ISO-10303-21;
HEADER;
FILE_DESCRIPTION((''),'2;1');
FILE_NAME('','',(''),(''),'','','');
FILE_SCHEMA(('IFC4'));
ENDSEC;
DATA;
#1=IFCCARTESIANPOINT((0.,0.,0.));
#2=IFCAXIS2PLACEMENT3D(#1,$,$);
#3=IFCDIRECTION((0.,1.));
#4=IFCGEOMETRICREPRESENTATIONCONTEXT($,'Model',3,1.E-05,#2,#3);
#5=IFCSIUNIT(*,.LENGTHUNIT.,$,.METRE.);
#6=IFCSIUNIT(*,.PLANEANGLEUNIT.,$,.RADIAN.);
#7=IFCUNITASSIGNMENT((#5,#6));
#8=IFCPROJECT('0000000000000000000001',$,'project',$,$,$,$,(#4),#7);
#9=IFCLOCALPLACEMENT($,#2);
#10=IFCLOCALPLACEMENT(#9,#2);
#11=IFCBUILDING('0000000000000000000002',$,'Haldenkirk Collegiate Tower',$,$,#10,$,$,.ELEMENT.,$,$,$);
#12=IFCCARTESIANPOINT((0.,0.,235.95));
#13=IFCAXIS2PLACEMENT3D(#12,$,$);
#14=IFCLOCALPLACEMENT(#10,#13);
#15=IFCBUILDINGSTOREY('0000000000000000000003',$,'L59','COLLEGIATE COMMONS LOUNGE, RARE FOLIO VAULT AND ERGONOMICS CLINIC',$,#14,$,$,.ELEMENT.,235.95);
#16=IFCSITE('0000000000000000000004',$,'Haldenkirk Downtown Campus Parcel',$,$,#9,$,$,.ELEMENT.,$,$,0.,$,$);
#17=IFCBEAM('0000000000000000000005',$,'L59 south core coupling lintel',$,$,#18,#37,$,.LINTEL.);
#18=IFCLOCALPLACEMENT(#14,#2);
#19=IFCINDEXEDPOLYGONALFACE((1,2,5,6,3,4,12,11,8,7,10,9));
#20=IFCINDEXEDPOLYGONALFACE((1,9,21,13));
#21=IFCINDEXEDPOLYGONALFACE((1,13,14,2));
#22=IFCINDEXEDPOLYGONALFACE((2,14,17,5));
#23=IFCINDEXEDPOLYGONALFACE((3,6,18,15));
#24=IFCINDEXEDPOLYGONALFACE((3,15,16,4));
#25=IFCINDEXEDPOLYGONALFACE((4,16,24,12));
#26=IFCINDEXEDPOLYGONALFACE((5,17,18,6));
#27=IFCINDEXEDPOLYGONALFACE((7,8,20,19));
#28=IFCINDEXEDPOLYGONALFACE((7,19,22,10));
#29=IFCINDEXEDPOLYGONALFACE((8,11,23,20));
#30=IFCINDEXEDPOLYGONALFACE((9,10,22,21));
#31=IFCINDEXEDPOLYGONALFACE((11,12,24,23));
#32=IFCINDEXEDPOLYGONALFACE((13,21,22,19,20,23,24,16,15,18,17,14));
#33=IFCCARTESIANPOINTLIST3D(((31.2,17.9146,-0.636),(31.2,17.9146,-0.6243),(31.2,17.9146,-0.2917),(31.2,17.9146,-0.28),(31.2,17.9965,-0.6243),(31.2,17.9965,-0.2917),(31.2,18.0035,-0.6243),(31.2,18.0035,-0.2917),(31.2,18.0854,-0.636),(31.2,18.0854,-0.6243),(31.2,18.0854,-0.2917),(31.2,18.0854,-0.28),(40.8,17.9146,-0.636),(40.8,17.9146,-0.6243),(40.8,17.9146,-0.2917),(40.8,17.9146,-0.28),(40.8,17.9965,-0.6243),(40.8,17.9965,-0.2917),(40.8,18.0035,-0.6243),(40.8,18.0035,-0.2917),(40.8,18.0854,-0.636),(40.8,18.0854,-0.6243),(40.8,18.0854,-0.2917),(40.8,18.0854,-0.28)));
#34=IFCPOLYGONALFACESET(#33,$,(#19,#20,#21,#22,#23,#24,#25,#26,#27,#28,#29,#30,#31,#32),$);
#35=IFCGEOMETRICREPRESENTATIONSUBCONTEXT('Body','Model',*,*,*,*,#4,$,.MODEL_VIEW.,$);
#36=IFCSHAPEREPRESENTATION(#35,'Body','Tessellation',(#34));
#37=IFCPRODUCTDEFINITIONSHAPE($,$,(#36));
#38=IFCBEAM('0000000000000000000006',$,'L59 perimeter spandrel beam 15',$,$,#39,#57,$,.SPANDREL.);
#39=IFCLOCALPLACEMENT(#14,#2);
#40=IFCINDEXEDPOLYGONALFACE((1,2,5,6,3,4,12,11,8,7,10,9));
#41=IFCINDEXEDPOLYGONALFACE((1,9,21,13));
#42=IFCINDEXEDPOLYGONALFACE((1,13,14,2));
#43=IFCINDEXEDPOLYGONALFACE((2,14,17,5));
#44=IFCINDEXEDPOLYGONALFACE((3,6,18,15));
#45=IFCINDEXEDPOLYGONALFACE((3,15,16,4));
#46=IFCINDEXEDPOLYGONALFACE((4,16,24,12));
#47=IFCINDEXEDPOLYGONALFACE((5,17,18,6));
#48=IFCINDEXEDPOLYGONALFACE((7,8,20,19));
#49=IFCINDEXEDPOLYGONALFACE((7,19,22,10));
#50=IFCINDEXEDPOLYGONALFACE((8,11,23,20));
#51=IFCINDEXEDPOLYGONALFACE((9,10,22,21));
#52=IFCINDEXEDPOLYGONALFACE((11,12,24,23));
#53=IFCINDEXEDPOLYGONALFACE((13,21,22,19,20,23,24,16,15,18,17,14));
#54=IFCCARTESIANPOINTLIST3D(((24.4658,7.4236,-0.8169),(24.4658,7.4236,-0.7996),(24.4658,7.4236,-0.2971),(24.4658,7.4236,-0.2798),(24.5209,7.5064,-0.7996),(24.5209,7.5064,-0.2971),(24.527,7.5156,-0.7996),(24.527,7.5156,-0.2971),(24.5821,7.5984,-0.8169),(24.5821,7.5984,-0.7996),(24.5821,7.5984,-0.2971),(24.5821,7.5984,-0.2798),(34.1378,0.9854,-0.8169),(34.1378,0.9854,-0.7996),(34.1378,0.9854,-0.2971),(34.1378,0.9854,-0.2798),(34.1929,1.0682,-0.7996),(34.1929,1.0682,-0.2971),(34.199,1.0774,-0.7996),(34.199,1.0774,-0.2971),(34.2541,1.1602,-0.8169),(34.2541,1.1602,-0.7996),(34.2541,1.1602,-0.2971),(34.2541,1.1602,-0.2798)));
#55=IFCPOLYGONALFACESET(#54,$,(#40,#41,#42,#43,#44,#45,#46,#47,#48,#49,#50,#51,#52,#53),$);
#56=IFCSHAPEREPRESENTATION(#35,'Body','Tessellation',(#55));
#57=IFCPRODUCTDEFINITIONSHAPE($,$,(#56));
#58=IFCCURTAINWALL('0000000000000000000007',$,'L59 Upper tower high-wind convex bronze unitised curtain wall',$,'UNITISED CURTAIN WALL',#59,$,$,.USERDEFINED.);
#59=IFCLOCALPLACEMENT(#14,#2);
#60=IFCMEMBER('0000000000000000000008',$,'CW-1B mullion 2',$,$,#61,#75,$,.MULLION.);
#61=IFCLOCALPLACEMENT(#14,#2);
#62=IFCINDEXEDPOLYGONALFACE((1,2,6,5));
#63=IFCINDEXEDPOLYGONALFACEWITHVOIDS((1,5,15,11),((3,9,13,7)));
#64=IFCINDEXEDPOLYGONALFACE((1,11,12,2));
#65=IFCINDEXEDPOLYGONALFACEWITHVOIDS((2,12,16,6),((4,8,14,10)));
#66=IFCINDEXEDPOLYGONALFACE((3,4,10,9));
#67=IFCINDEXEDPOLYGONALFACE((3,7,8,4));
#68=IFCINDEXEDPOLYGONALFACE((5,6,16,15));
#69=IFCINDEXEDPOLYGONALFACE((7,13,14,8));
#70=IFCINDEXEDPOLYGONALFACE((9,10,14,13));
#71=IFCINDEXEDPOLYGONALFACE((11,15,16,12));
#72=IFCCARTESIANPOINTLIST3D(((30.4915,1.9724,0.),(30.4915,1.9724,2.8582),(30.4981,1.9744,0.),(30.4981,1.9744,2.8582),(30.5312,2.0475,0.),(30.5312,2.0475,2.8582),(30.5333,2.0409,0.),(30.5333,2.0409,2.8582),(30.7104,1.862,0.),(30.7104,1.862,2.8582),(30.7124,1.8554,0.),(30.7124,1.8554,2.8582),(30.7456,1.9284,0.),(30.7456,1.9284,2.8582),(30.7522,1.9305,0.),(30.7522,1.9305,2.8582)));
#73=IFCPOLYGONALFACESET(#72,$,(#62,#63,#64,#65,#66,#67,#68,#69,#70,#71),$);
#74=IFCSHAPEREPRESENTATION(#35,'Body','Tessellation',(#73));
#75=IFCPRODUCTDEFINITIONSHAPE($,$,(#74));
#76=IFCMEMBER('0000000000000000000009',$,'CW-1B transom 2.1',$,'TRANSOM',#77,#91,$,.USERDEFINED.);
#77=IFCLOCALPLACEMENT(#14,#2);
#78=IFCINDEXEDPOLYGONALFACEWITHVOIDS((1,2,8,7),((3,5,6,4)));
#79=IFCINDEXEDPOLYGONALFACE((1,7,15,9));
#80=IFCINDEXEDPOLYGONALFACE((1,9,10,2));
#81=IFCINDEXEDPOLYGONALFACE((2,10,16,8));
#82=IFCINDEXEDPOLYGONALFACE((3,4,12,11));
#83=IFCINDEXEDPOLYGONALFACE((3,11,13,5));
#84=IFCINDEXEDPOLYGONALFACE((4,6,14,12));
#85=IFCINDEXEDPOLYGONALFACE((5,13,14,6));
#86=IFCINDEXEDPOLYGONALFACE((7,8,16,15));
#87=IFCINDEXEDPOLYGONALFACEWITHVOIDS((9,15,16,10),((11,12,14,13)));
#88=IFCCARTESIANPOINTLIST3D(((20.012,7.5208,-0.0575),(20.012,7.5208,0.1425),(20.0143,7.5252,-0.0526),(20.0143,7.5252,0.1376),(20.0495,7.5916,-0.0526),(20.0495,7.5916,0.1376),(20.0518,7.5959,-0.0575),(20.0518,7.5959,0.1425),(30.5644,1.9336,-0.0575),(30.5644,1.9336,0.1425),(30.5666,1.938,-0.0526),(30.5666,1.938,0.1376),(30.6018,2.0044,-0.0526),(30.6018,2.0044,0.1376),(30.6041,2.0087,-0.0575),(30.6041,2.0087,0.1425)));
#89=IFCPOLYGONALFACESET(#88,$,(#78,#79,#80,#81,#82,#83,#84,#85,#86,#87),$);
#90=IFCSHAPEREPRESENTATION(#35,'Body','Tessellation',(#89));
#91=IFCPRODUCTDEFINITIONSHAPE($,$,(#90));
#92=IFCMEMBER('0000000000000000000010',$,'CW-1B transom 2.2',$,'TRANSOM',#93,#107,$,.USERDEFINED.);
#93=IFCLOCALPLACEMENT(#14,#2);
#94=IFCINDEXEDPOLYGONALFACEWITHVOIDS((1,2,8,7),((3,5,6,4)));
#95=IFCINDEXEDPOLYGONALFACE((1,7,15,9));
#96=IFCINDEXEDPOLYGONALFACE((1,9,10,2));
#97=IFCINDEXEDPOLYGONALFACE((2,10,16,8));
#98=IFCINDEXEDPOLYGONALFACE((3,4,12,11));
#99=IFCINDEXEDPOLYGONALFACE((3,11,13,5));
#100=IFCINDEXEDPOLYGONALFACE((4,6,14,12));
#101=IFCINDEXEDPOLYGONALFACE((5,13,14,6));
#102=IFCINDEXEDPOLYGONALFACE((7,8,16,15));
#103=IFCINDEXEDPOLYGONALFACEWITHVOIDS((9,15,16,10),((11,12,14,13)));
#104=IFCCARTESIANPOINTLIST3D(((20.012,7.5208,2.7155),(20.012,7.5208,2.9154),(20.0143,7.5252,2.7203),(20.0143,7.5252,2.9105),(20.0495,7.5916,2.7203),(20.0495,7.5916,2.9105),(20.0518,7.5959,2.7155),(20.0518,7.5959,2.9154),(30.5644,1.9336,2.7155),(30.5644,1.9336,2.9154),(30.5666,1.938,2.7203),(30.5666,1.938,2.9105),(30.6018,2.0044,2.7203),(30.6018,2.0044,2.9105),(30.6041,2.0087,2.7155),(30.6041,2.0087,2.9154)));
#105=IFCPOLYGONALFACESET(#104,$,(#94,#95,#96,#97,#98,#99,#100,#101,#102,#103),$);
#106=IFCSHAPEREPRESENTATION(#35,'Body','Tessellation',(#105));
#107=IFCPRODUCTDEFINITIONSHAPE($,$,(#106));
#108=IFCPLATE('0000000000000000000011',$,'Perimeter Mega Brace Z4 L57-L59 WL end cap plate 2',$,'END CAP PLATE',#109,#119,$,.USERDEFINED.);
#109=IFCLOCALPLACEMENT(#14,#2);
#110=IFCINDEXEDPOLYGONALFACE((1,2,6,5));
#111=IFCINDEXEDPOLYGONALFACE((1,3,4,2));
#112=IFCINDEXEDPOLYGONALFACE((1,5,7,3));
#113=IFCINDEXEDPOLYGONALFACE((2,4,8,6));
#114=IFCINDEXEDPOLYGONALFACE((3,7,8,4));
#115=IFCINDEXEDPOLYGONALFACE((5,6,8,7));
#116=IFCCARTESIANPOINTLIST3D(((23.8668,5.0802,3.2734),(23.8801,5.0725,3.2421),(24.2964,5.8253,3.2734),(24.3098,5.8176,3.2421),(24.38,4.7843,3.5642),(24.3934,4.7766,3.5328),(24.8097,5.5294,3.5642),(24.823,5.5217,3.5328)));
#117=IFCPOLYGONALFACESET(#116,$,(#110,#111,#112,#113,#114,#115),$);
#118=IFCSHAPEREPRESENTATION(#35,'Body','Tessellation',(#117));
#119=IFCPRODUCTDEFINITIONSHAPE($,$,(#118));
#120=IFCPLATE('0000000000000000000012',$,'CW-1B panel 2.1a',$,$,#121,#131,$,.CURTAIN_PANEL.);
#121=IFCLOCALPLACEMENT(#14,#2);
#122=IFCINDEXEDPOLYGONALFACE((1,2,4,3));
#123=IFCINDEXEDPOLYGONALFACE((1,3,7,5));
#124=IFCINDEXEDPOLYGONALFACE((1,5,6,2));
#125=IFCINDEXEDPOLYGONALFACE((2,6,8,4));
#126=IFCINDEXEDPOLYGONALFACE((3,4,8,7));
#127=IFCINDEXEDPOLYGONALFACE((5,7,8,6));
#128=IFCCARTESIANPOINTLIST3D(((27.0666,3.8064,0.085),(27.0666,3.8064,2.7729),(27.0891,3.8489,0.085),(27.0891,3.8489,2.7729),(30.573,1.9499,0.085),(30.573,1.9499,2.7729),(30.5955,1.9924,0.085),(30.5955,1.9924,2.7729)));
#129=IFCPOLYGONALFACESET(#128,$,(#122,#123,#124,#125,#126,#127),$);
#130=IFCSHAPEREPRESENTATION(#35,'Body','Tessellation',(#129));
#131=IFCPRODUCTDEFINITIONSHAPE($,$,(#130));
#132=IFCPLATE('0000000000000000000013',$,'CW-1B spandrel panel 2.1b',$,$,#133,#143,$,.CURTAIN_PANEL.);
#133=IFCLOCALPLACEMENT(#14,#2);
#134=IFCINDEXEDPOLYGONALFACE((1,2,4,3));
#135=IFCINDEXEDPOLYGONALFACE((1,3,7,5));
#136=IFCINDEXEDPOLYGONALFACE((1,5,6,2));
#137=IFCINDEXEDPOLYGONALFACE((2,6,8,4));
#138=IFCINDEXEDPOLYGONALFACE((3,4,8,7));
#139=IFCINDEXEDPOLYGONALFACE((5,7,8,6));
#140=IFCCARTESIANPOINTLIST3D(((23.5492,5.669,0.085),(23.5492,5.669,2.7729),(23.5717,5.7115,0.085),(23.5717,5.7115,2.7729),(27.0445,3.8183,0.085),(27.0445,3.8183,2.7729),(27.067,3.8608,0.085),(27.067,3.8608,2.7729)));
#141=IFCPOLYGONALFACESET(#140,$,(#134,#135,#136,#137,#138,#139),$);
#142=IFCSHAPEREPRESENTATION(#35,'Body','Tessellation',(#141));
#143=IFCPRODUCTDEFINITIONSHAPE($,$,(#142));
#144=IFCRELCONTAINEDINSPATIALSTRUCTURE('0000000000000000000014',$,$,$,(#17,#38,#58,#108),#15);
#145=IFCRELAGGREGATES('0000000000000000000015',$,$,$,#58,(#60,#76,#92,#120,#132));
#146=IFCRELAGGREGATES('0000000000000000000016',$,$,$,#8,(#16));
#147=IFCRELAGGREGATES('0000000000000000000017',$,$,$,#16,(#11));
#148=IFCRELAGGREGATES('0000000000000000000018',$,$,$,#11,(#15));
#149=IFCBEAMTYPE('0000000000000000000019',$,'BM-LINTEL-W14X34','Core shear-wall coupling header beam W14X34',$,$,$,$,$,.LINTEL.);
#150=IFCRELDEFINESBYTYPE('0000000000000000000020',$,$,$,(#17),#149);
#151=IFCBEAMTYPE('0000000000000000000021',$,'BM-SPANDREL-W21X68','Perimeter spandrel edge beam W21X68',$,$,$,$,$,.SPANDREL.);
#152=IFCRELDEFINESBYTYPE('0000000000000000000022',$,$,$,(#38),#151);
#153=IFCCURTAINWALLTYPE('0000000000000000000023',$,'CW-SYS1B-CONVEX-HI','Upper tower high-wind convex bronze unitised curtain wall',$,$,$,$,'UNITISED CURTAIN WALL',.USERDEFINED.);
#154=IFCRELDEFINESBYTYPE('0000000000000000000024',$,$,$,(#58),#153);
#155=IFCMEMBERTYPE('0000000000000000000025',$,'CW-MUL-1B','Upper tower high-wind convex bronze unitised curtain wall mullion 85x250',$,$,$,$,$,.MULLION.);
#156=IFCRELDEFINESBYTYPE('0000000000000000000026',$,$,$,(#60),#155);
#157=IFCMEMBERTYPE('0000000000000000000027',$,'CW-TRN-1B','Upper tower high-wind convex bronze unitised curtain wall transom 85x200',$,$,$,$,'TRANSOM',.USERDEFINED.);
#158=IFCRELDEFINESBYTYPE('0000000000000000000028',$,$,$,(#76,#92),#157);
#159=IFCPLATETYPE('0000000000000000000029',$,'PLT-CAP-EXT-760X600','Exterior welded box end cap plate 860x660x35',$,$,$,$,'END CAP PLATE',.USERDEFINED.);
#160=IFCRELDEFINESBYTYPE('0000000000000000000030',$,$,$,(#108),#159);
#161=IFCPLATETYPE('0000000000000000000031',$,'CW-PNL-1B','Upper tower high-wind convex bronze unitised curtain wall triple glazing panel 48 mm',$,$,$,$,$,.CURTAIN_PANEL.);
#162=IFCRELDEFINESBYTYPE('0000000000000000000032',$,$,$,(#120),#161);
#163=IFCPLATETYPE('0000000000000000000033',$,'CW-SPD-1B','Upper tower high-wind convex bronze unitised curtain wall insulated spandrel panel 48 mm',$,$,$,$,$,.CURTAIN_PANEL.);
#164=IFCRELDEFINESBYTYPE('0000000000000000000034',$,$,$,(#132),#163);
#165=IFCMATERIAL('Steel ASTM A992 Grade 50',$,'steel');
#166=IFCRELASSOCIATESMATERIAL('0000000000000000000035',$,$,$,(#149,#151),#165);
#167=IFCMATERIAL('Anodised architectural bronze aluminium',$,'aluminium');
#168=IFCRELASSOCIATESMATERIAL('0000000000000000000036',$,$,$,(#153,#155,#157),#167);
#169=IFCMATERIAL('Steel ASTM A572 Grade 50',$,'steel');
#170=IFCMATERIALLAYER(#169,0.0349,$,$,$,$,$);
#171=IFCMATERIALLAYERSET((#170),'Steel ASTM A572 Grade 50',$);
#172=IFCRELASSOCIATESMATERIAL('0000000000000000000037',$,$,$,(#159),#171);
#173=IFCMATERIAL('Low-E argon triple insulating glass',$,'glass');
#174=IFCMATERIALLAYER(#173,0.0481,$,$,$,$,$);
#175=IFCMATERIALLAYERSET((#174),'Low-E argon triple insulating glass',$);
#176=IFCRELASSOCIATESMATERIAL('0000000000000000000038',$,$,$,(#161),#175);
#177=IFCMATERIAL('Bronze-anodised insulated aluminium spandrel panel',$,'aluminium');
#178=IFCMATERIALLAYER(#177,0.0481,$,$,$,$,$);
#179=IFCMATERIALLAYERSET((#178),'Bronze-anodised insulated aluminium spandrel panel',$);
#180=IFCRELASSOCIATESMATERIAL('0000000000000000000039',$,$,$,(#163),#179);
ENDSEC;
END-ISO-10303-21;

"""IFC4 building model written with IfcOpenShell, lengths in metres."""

from ifc_helpers import new_model, si_unit, direction, frame, origin, origin_2d, place, context, subcontext, project, spatial, rectangle, hollow_rectangle, i_section, extrude, source, transform, mapped, material, layer, layer_set, material_profile, profile_set, type_object, element, aggregate, save


model = new_model("IFC4")

# Units and contexts
model_context = context("Model", 3, precision=1e-05, world=origin(), true_north=direction((0.0, 1.0)))
body_context = subcontext(model_context, "Body", "Model", "MODEL_VIEW")
ifc_project = project(units=[si_unit("LENGTHUNIT", "METRE"), si_unit("PLANEANGLEUNIT", "RADIAN")], contexts=[model_context])

# Site, building, storey
site_placement = place(None, origin())
site = spatial("IfcSite", under=ifc_project, at=site_placement, Name="Haldenkirk Downtown Campus Parcel", CompositionType="ELEMENT", RefElevation=0.0)
building_placement = place(site_placement, origin())
building = spatial("IfcBuilding", under=site, at=building_placement, Name="Haldenkirk Collegiate Tower", CompositionType="ELEMENT")
storey_placement = place(building_placement, frame((0.0, 0.0, 235.95)))
storey = spatial("IfcBuildingStorey", under=building, at=storey_placement, Name="L59", Description="COLLEGIATE COMMONS LOUNGE, RARE FOLIO VAULT AND ERGONOMICS CLINIC", CompositionType="ELEMENT", Elevation=235.95)

# Beams
ifc_material_1 = material(Name="Steel ASTM A992 Grade 50", Category="steel")
ifc_material_profile_1 = material_profile(ifc_material_1, i_section(OverallWidth=0.1709, OverallDepth=0.356, WebThickness=0.0071, FlangeThickness=0.0117, at=origin_2d()), Name="W14X34")
ifc_profile_set_1 = profile_set([ifc_material_profile_1], Name="Steel ASTM A992 Grade 50")
beam_type_1 = type_object("IfcBeamType", Name="BM-LINTEL-W14X34", Description="Core shear-wall coupling header beam W14X34", PredefinedType="LINTEL", material=ifc_profile_set_1)
beam_1_placement = place(storey_placement, frame((31.2, 18.0, -0.458), z_axis=(1.0, 0.0, 0.0), x_axis=(0.0, 1.0, 0.0)))
element("IfcBeam", 1, at=beam_1_placement, inside=storey, type_object=beam_type_1, Name="L59 south core coupling lintel", PredefinedType="LINTEL", context=body_context, shape_type="SweptSolid", body=[
    extrude(i_section(OverallWidth=0.1709, OverallDepth=0.356, WebThickness=0.0071, FlangeThickness=0.0117, at=origin_2d()), origin(), (0.0, 0.0, 1.0), 9.6001),
])
ifc_material_profile_2 = material_profile(ifc_material_1, i_section(OverallWidth=0.21, OverallDepth=0.5371, WebThickness=0.011, FlangeThickness=0.0173, at=origin_2d()), Name="W21X68")
ifc_profile_set_2 = profile_set([ifc_material_profile_2], Name="Steel ASTM A992 Grade 50")
beam_type_2 = type_object("IfcBeamType", Name="BM-SPANDREL-W21X68", Description="Perimeter spandrel edge beam W21X68", PredefinedType="SPANDREL", material=ifc_profile_set_2)
beam_2_placement = place(storey_placement, frame((24.5239, 7.511, -0.5483), z_axis=(0.832441, -0.554113, 0.0), x_axis=(0.554113, 0.832441, 0.0)))
element("IfcBeam", 2, at=beam_2_placement, inside=storey, type_object=beam_type_2, Name="L59 perimeter spandrel beam 15", PredefinedType="SPANDREL", context=body_context, shape_type="SweptSolid", body=[
    extrude(i_section(OverallWidth=0.21, OverallDepth=0.5371, WebThickness=0.011, FlangeThickness=0.0173, at=origin_2d()), origin(), (0.0, 0.0, 1.0), 11.6189),
])

# Curtain wall, members
ifc_material_2 = material(Name="Anodised architectural bronze aluminium", Category="aluminium")
curtain_wall_type = type_object("IfcCurtainWallType", Name="CW-SYS1B-CONVEX-HI", Description="Upper tower high-wind convex bronze unitised curtain wall", ElementType="UNITISED CURTAIN WALL", PredefinedType="USERDEFINED", material=ifc_material_2)
curtain_wall_placement = place(storey_placement, origin())
curtain_wall = element("IfcCurtainWall", 3, at=curtain_wall_placement, inside=storey, type_object=curtain_wall_type, Name="L59 Upper tower high-wind convex bronze unitised curtain wall", ObjectType="UNITISED CURTAIN WALL", PredefinedType="USERDEFINED")
ifc_material_profile_3 = material_profile(ifc_material_2, hollow_rectangle(XDim=0.085, YDim=0.25, WallThickness=0.0049, at=origin_2d()), Name="CW-MUL-1B")
ifc_profile_set_3 = profile_set([ifc_material_profile_3], Name="Anodised architectural bronze aluminium")
member_type_1 = type_object("IfcMemberType", Name="CW-MUL-1B", Description="Upper tower high-wind convex bronze unitised curtain wall mullion 85x250", PredefinedType="MULLION", material=ifc_profile_set_3)
member_1_placement = place(storey_placement, frame((30.6218, 1.9514, 0.0), z_axis=(0.0, 0.0, 1.0), x_axis=(-0.467931, -0.883765, 0.0)))
member_1 = element("IfcMember", 4, at=member_1_placement, type_object=member_type_1, Name="CW-1B mullion 2", PredefinedType="MULLION", context=body_context, shape_type="SweptSolid", body=[
    extrude(hollow_rectangle(XDim=0.085, YDim=0.25, WallThickness=0.0049, at=origin_2d()), origin(), (0.0, 0.0, 1.0), 2.8582),
])
ifc_material_profile_4 = material_profile(ifc_material_2, hollow_rectangle(XDim=0.085, YDim=0.2, WallThickness=0.0049, at=origin_2d()), Name="CW-TRN-1B")
ifc_profile_set_4 = profile_set([ifc_material_profile_4], Name="Anodised architectural bronze aluminium")
member_type_2 = type_object("IfcMemberType", Name="CW-TRN-1B", Description="Upper tower high-wind convex bronze unitised curtain wall transom 85x200", ElementType="TRANSOM", PredefinedType="USERDEFINED", material=ifc_profile_set_4)
member_2_placement = place(storey_placement, frame((30.5842, 1.9712, 0.0425), z_axis=(-0.883765, 0.467932, 0.0), x_axis=(-0.467932, -0.883765, 0.0)))
member_2 = element("IfcMember", 5, at=member_2_placement, type_object=member_type_2, Name="CW-1B transom 2.1", ObjectType="TRANSOM", PredefinedType="USERDEFINED", context=body_context, shape_type="SweptSolid", body=[
    extrude(hollow_rectangle(XDim=0.085, YDim=0.2, WallThickness=0.0049, at=origin_2d()), origin(), (0.0, 0.0, 1.0), 11.9402),
])
member_3_placement = place(storey_placement, frame((30.5842, 1.9712, 2.8154), z_axis=(-0.883765, 0.467932, 0.0), x_axis=(-0.467932, -0.883765, 0.0)))
member_3 = element("IfcMember", 6, at=member_3_placement, type_object=member_type_2, Name="CW-1B transom 2.2", ObjectType="TRANSOM", PredefinedType="USERDEFINED", context=body_context, shape_type="SweptSolid", body=[
    extrude(hollow_rectangle(XDim=0.085, YDim=0.2, WallThickness=0.0049, at=origin_2d()), origin(), (0.0, 0.0, 1.0), 11.9402),
])

# Plates
ifc_material_3 = material(Name="Steel ASTM A572 Grade 50", Category="steel")
ifc_layer_1 = layer(ifc_material_3, 0.0349)
ifc_layer_set_1 = layer_set([ifc_layer_1], Name="Steel ASTM A572 Grade 50")
plate_type_1 = type_object("IfcPlateType", Name="PLT-CAP-EXT-760X600", Description="Exterior welded box end cap plate 860x660x35", ElementType="END CAP PLATE", PredefinedType="USERDEFINED", material=ifc_layer_set_1)
shared_shape_1 = source(origin(), body_context, "Body", "SweptSolid", [
    extrude(rectangle(XDim=0.8601, YDim=0.6599, at=origin_2d()), origin(), (0.0, 0.0, 1.0), 0.0349),
])
plate_1_placement = place(storey_placement, frame((24.3516, 5.2971, 3.3875), z_axis=(-0.381642, 0.220049, 0.897735), x_axis=(-0.499504, -0.866312, -0.000001)))
element("IfcPlate", 7, at=plate_1_placement, inside=storey, type_object=plate_type_1, Name="Perimeter Mega Brace Z4 L57-L59 WL end cap plate 2", ObjectType="END CAP PLATE", PredefinedType="USERDEFINED", context=body_context, shape_type="MappedRepresentation", body=[
    mapped(shared_shape_1, transform((0.0, 0.0, 0.0), x_axis=(1.0, 0.0, 0.0), y_axis=(0.0, 1.0, 0.0), z_axis=(0.0, 0.0, 1.0), scale=1.0)),
])
ifc_material_4 = material(Name="Low-E argon triple insulating glass", Category="glass")
ifc_layer_2 = layer(ifc_material_4, 0.0481)
ifc_layer_set_2 = layer_set([ifc_layer_2], Name="Low-E argon triple insulating glass")
plate_type_2 = type_object("IfcPlateType", Name="CW-PNL-1B", Description="Upper tower high-wind convex bronze unitised curtain wall triple glazing panel 48 mm", PredefinedType="CURTAIN_PANEL", material=ifc_layer_set_2)
shared_shape_2 = source(origin(), body_context, "Body", "SweptSolid", [
    extrude(rectangle(XDim=3.9675, YDim=0.0481, at=origin_2d()), origin(), (0.0, 0.0, 1.0), 2.688),
])
plate_2_placement = place(storey_placement, frame((28.8311, 2.8994, 0.085), z_axis=(0.0, 0.0, 1.0), x_axis=(-0.883765, 0.467931, 0.0)))
plate_2 = element("IfcPlate", 8, at=plate_2_placement, type_object=plate_type_2, Name="CW-1B panel 2.1a", PredefinedType="CURTAIN_PANEL", context=body_context, shape_type="MappedRepresentation", body=[
    mapped(shared_shape_2, transform((0.0, 0.0, 0.0), x_axis=(1.0, 0.0, 0.0), y_axis=(0.0, 1.0, 0.0), z_axis=(0.0, 0.0, 1.0), scale=1.0)),
])
ifc_material_5 = material(Name="Bronze-anodised insulated aluminium spandrel panel", Category="aluminium")
ifc_layer_3 = layer(ifc_material_5, 0.0481)
ifc_layer_set_3 = layer_set([ifc_layer_3], Name="Bronze-anodised insulated aluminium spandrel panel")
plate_type_3 = type_object("IfcPlateType", Name="CW-SPD-1B", Description="Upper tower high-wind convex bronze unitised curtain wall insulated spandrel panel 48 mm", PredefinedType="CURTAIN_PANEL", material=ifc_layer_set_3)
shared_shape_3 = source(origin(), body_context, "Body", "SweptSolid", [
    extrude(rectangle(XDim=3.9551, YDim=0.0481, at=origin_2d()), origin(), (0.0, 0.0, 1.0), 2.688),
])
plate_3_placement = place(storey_placement, frame((25.3081, 4.7649, 0.085), z_axis=(0.0, 0.0, 1.0), x_axis=(-0.883765, 0.467931, 0.0)))
plate_3 = element("IfcPlate", 9, at=plate_3_placement, type_object=plate_type_3, Name="CW-1B spandrel panel 2.1b", PredefinedType="CURTAIN_PANEL", context=body_context, shape_type="MappedRepresentation", body=[
    mapped(shared_shape_3, transform((0.0, 0.0, 0.0), x_axis=(1.0, 0.0, 0.0), y_axis=(0.0, 1.0, 0.0), z_axis=(0.0, 0.0, 1.0), scale=1.0)),
])
aggregate(curtain_wall, [member_1, member_2, member_3, plate_2, plate_3])

save(model, "model.ifc")
